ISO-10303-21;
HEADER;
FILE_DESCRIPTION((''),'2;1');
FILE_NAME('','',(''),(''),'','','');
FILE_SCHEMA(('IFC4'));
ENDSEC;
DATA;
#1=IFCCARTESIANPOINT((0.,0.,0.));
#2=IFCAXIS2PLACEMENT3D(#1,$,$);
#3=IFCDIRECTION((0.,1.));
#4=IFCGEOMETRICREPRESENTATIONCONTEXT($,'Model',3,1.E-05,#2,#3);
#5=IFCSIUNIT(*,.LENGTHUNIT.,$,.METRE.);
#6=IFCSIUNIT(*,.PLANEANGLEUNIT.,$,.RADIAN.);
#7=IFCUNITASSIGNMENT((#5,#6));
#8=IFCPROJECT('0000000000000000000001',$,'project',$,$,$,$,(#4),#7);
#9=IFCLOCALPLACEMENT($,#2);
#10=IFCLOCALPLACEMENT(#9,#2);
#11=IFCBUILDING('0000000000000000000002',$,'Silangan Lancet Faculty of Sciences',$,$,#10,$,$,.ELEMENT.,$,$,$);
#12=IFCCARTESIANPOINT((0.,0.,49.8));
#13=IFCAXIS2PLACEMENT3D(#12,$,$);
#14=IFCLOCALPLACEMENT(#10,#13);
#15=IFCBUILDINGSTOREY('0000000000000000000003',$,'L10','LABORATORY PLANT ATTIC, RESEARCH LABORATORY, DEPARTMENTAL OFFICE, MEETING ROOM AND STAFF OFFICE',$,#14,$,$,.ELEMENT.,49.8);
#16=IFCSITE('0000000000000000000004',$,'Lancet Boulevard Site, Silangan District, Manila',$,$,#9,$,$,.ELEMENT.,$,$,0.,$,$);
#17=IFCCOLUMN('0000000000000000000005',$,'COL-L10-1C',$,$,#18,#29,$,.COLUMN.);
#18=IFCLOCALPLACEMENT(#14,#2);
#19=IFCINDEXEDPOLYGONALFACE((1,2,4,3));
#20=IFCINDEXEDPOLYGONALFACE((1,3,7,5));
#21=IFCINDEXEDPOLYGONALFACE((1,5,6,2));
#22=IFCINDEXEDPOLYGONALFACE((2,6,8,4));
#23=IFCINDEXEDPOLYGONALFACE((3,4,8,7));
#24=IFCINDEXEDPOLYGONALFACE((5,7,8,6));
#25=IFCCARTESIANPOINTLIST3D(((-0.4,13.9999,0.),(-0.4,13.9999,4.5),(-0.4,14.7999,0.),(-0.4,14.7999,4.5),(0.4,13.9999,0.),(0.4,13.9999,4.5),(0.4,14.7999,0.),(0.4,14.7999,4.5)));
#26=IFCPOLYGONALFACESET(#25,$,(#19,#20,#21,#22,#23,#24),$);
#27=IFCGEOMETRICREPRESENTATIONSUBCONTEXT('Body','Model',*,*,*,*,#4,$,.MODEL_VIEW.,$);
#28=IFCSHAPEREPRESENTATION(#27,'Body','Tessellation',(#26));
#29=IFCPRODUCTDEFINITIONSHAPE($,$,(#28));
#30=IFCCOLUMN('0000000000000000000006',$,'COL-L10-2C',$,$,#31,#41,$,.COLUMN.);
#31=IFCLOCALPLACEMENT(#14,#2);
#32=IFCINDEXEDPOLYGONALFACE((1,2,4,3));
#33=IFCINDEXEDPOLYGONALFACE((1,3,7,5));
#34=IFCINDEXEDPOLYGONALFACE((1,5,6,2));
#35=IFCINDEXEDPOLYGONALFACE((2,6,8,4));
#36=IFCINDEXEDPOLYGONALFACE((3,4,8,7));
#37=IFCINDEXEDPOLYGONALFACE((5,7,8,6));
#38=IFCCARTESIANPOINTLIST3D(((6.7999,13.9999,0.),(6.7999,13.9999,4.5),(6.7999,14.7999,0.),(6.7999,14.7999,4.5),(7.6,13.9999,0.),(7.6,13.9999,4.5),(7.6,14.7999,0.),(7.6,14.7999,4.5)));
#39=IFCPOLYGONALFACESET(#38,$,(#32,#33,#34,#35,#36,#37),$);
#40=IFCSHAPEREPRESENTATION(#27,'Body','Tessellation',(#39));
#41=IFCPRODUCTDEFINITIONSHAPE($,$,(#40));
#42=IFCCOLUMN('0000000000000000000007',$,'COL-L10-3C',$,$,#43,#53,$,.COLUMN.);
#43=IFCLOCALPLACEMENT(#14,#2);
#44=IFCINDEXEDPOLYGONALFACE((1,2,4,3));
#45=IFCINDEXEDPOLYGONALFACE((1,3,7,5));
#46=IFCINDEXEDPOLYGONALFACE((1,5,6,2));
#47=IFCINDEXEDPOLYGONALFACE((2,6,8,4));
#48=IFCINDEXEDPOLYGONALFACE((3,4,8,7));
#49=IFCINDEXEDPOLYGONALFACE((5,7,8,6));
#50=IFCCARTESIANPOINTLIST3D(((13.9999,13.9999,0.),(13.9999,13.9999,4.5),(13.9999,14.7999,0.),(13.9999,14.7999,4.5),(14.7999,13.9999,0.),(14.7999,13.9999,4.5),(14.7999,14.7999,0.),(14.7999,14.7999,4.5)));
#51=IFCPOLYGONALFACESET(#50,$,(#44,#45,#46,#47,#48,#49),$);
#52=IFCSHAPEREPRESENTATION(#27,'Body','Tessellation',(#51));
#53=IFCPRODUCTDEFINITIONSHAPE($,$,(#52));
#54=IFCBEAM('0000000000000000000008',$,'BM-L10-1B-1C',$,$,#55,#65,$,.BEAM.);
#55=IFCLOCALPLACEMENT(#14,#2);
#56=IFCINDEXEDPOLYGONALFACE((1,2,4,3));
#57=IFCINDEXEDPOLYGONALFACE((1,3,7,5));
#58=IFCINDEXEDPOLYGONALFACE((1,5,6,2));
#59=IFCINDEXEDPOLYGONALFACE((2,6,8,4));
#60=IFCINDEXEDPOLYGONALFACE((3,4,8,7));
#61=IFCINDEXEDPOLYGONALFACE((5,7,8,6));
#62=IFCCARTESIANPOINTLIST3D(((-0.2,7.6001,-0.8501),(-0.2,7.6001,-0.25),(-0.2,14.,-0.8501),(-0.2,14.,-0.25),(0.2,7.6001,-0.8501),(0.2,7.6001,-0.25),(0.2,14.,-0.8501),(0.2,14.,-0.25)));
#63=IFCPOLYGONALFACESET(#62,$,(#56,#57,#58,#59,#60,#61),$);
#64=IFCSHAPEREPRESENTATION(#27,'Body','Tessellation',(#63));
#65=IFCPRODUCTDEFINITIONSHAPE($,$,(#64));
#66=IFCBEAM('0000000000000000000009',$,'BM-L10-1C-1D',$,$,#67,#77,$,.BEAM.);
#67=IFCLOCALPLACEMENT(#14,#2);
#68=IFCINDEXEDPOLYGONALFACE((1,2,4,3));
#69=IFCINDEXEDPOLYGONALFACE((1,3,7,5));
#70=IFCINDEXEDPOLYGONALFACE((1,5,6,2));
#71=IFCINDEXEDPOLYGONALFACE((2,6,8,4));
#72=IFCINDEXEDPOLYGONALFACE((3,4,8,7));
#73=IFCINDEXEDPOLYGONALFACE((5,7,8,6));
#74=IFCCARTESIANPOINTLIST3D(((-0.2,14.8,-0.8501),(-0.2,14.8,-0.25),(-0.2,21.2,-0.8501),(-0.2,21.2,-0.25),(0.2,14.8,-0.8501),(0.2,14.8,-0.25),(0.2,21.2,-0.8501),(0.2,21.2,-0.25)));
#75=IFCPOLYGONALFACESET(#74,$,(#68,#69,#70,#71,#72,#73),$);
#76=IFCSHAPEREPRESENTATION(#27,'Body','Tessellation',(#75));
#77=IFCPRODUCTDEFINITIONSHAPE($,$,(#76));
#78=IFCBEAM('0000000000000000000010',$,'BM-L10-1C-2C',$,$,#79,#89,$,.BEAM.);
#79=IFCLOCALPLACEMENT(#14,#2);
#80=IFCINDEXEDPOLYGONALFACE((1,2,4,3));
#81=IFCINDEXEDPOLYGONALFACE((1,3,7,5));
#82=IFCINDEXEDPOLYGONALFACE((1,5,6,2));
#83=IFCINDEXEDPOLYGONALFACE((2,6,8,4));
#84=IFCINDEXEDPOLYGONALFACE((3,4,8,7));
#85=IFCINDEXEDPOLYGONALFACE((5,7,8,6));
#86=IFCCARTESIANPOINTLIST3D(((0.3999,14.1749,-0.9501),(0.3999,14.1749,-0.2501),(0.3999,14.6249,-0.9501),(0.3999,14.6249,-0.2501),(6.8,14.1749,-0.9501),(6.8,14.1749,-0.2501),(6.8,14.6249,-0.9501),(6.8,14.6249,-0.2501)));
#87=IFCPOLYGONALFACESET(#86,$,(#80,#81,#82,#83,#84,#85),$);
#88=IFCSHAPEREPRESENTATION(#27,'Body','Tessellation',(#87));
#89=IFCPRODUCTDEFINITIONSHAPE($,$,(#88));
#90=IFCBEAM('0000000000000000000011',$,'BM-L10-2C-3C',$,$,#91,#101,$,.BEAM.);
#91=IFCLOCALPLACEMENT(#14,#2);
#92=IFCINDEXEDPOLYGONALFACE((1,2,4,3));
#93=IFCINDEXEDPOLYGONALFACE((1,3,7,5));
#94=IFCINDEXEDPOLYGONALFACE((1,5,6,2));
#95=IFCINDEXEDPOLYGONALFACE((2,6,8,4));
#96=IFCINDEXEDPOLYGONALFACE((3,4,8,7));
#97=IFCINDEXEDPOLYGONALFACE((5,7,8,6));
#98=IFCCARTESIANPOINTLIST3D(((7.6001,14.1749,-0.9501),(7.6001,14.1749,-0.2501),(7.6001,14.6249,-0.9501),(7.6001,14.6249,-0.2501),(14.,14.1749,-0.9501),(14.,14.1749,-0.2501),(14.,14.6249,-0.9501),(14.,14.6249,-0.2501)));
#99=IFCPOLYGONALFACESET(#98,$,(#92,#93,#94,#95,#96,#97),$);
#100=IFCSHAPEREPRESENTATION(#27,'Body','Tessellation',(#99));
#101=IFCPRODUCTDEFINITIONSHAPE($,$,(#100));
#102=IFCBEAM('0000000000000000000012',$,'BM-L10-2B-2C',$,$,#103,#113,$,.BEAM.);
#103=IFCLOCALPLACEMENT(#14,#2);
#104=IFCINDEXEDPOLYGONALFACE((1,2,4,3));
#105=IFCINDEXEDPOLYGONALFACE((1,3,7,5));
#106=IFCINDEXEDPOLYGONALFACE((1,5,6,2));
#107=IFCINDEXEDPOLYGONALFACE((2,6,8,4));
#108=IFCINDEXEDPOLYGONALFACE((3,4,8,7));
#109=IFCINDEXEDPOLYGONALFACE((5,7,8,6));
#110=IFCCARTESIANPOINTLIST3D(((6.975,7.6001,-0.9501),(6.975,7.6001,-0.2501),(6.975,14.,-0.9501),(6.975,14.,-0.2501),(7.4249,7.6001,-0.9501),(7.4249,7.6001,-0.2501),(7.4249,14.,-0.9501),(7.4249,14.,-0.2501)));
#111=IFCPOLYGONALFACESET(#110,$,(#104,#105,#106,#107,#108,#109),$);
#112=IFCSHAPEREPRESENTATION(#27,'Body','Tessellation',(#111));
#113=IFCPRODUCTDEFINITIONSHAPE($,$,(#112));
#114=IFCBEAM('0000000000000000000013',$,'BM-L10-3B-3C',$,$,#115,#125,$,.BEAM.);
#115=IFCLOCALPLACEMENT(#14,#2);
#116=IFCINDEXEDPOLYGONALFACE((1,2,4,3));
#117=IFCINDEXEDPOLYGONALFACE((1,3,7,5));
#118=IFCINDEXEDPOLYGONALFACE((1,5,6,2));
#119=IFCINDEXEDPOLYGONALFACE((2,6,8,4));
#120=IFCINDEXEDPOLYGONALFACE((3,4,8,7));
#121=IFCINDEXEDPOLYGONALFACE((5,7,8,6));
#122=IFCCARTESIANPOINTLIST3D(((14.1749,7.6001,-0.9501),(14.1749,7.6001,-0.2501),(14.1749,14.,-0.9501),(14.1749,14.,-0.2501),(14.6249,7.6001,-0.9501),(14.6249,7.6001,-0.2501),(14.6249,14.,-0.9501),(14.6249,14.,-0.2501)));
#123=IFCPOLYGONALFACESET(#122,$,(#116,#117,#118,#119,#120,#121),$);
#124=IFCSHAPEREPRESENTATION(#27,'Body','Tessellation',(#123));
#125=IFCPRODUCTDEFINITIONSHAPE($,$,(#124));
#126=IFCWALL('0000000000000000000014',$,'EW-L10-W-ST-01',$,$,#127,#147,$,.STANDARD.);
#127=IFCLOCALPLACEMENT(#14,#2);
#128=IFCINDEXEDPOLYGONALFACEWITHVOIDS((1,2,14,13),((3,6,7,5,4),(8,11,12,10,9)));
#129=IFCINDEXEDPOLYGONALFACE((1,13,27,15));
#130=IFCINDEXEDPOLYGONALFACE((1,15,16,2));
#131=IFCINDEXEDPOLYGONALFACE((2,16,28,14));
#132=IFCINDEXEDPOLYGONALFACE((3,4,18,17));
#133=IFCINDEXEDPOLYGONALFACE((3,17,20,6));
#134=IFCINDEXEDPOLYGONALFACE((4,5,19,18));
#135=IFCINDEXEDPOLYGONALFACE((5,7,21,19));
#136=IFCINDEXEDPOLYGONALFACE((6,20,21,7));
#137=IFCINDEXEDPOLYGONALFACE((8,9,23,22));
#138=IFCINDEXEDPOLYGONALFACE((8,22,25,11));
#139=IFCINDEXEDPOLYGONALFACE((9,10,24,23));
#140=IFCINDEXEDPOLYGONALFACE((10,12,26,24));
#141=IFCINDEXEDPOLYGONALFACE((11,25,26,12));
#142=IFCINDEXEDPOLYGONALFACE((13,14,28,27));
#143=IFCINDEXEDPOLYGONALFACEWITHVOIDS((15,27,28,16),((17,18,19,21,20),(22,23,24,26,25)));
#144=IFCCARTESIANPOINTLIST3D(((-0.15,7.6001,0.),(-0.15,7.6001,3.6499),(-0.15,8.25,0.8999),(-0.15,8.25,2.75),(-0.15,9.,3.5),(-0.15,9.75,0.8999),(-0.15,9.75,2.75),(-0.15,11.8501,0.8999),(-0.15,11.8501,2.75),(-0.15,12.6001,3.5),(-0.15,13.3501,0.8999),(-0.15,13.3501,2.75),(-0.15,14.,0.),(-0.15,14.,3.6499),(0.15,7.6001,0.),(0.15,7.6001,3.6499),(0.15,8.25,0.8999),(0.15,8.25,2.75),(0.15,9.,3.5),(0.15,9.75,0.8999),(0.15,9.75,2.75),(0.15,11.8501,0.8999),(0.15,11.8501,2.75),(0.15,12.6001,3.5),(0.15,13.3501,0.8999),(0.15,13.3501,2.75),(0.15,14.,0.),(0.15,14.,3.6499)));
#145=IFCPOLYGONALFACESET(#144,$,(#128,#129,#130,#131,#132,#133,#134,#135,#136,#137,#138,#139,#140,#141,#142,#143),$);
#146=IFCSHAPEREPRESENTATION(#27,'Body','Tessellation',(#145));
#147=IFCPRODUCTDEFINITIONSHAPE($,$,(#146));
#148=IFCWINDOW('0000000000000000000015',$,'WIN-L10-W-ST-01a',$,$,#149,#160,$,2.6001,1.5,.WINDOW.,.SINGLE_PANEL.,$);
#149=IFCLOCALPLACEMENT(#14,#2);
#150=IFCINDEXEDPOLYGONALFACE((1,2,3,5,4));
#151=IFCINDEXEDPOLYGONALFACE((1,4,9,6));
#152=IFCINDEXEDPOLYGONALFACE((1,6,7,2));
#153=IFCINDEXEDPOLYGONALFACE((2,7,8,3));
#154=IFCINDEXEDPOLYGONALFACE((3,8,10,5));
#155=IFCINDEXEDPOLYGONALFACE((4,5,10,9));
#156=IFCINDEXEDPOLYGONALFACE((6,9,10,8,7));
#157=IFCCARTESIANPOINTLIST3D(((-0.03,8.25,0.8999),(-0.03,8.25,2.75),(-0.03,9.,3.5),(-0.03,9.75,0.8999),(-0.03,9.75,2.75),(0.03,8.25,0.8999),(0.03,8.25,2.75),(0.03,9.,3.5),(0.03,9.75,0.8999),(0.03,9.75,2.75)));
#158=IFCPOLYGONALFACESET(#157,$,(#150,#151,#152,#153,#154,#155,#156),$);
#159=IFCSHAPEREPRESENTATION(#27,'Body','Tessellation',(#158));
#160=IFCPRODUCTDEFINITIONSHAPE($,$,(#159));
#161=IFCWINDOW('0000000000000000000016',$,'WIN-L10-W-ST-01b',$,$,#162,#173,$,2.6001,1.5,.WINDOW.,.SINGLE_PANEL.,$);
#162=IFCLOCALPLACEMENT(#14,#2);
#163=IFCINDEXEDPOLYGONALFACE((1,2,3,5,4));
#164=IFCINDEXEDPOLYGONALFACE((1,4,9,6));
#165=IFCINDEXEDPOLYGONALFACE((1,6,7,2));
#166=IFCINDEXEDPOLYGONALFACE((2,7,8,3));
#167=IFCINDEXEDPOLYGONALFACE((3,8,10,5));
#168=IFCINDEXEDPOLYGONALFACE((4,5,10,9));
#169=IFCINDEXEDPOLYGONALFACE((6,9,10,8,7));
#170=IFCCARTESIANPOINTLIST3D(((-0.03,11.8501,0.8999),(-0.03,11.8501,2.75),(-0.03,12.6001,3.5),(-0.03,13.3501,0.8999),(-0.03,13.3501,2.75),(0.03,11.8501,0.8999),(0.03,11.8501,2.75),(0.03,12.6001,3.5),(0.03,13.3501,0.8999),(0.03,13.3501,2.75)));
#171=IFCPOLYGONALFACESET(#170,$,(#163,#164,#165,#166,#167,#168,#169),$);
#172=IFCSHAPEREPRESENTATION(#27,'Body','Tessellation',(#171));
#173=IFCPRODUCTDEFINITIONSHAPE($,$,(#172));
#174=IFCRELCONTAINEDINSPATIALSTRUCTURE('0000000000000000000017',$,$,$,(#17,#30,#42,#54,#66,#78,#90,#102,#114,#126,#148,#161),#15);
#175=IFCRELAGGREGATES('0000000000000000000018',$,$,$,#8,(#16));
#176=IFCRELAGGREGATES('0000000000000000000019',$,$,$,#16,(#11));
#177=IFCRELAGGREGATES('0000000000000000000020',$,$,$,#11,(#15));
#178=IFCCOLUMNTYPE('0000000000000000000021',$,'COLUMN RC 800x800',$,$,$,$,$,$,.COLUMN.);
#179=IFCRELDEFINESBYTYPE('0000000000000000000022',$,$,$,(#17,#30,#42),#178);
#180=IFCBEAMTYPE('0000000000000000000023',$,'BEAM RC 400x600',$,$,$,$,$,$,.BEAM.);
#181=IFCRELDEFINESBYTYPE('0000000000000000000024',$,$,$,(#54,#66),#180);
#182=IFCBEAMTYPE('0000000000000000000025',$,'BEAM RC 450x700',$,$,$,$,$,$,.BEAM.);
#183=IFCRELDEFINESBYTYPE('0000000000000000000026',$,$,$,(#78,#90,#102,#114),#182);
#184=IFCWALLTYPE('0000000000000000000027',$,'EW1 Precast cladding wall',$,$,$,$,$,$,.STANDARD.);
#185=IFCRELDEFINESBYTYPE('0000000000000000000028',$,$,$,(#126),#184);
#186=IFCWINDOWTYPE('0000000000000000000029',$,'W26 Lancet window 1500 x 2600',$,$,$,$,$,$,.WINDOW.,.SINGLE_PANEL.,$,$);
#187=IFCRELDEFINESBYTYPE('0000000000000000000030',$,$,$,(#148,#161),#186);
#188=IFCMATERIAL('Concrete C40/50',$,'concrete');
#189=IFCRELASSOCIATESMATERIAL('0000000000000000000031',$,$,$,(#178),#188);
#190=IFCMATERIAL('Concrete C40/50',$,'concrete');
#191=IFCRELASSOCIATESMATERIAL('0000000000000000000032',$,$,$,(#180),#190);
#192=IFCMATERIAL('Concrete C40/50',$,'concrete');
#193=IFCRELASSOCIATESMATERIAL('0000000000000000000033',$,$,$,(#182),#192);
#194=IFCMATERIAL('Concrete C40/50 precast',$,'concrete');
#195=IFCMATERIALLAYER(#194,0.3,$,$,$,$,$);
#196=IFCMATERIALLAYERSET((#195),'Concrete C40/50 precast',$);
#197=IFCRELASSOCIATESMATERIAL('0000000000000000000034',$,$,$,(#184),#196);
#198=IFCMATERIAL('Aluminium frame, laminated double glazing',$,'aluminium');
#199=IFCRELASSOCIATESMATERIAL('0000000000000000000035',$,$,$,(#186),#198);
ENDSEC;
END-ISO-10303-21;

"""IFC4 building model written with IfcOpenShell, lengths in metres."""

from ifc_helpers import new_model, si_unit, direction, frame, frame_2d, origin, origin_2d, place, context, subcontext, project, spatial, polyline, rectangle, outline, extrude, material, layer, layer_set, material_profile, profile_set, type_object, element, fill, save


model = new_model("IFC4")

# Units and contexts
model_context = context("Model", 3, precision=1e-05, world=origin(), true_north=direction((0.0, 1.0)))
body_context = subcontext(model_context, "Body", "Model", "MODEL_VIEW")
ifc_project = project(units=[si_unit("LENGTHUNIT", "METRE"), si_unit("PLANEANGLEUNIT", "RADIAN")], contexts=[model_context])

# Site, building, storey
site_placement = place(None, origin())
site = spatial("IfcSite", under=ifc_project, at=site_placement, Name="Lancet Boulevard Site, Silangan District, Manila", CompositionType="ELEMENT", RefElevation=0.0)
building_placement = place(site_placement, origin())
building = spatial("IfcBuilding", under=site, at=building_placement, Name="Silangan Lancet Faculty of Sciences", CompositionType="ELEMENT")
storey_placement = place(building_placement, frame((0.0, 0.0, 49.8)))
storey = spatial("IfcBuildingStorey", under=building, at=storey_placement, Name="L10", Description="LABORATORY PLANT ATTIC, RESEARCH LABORATORY, DEPARTMENTAL OFFICE, MEETING ROOM AND STAFF OFFICE", CompositionType="ELEMENT", Elevation=49.8)

# Columns
ifc_material_1 = material(Name="Concrete C40/50", Category="concrete")
ifc_material_profile_1 = material_profile(ifc_material_1, rectangle(XDim=0.8, YDim=0.8, at=origin_2d()), Name="RC 800x800")
ifc_profile_set_1 = profile_set([ifc_material_profile_1], Name="Concrete C40/50")
column_type = type_object("IfcColumnType", Name="COLUMN RC 800x800", PredefinedType="COLUMN", material=ifc_profile_set_1)
for number, where, z_axis, x_axis, name in (
    (1, (0.0, 14.3999, 0.0), (0.0, 0.0, 1.0), (1.0, 0.0, 0.0), "COL-L10-1C"),
    (2, (7.2, 14.3999, 0.0), (0.0, 0.0, 1.0), (1.0, 0.0, 0.0), "COL-L10-2C"),
    (3, (14.3999, 14.3999, 0.0), (0.0, 0.0, 1.0), (1.0, 0.0, 0.0), "COL-L10-3C"),
):
    element("IfcColumn", number, at=place(storey_placement, frame(where, z_axis=z_axis, x_axis=x_axis)), inside=storey, type_object=column_type, Name=name, PredefinedType="COLUMN", context=body_context, shape_type="SweptSolid", body=[
        extrude(rectangle(XDim=0.8, YDim=0.8, at=origin_2d()), origin(), (0.0, 0.0, 1.0), 4.5),
    ])

# Beams
ifc_material_2 = material(Name="Concrete C40/50", Category="concrete")
ifc_material_profile_2 = material_profile(ifc_material_2, rectangle(XDim=0.3999, YDim=0.6001, at=origin_2d()), Name="RC 400x600")
ifc_profile_set_2 = profile_set([ifc_material_profile_2], Name="Concrete C40/50")
beam_type_1 = type_object("IfcBeamType", Name="BEAM RC 400x600", PredefinedType="BEAM", material=ifc_profile_set_2)
for number, where, z_axis, x_axis, name in (
    (4, (0.0, 7.6001, -0.55), (0.0, 1.0, 0.0), (-1.0, 0.0, 0.0), "BM-L10-1B-1C"),
    (5, (0.0, 14.8, -0.55), (0.0, 1.0, 0.0), (-1.0, 0.0, 0.0), "BM-L10-1C-1D"),
):
    element("IfcBeam", number, at=place(storey_placement, frame(where, z_axis=z_axis, x_axis=x_axis)), inside=storey, type_object=beam_type_1, Name=name, PredefinedType="BEAM", context=body_context, shape_type="SweptSolid", body=[
        extrude(rectangle(XDim=0.3999, YDim=0.6001, at=origin_2d()), origin(), (0.0, 0.0, 1.0), 6.3999),
    ])
ifc_material_3 = material(Name="Concrete C40/50", Category="concrete")
ifc_material_profile_3 = material_profile(ifc_material_3, rectangle(XDim=0.45, YDim=0.7, at=origin_2d()), Name="RC 450x700")
ifc_profile_set_3 = profile_set([ifc_material_profile_3], Name="Concrete C40/50")
beam_type_2 = type_object("IfcBeamType", Name="BEAM RC 450x700", PredefinedType="BEAM", material=ifc_profile_set_3)
beam_placement = place(storey_placement, frame((0.3999, 14.3999, -0.6001), z_axis=(1.0, 0.0, 0.0), x_axis=(0.0, 1.0, 0.0)))
element("IfcBeam", 6, at=beam_placement, inside=storey, type_object=beam_type_2, Name="BM-L10-1C-2C", PredefinedType="BEAM", context=body_context, shape_type="SweptSolid", body=[
    extrude(rectangle(XDim=0.45, YDim=0.7, at=origin_2d()), origin(), (0.0, 0.0, 1.0), 6.4001),
])
for number, where, z_axis, x_axis, name in (
    (7, (7.6001, 14.3999, -0.6001), (1.0, 0.0, 0.0), (0.0, 1.0, 0.0), "BM-L10-2C-3C"),
    (8, (7.2, 7.6001, -0.6001), (0.0, 1.0, 0.0), (-1.0, 0.0, 0.0), "BM-L10-2B-2C"),
    (9, (14.3999, 7.6001, -0.6001), (0.0, 1.0, 0.0), (-1.0, 0.0, 0.0), "BM-L10-3B-3C"),
):
    element("IfcBeam", number, at=place(storey_placement, frame(where, z_axis=z_axis, x_axis=x_axis)), inside=storey, type_object=beam_type_2, Name=name, PredefinedType="BEAM", context=body_context, shape_type="SweptSolid", body=[
        extrude(rectangle(XDim=0.45, YDim=0.7, at=origin_2d()), origin(), (0.0, 0.0, 1.0), 6.3999),
    ])

# Wall, openings, windows
ifc_material_4 = material(Name="Concrete C40/50 precast", Category="concrete")
ifc_layer_1 = layer(ifc_material_4, 0.3)
ifc_layer_set_1 = layer_set([ifc_layer_1], Name="Concrete C40/50 precast")
wall_type_1 = type_object("IfcWallType", Name="EW1 Precast cladding wall", PredefinedType="STANDARD", material=ifc_layer_set_1)
wall_1_placement = place(storey_placement, frame((0.0, 7.6001, 0.0), z_axis=(0.0, 0.0, 1.0), x_axis=(0.0, 1.0, 0.0)))
wall_1 = element("IfcWall", 10, at=wall_1_placement, inside=storey, type_object=wall_type_1, Name="EW-L10-W-ST-01", PredefinedType="STANDARD", context=body_context, shape_type="SweptSolid", body=[
    extrude(rectangle(XDim=6.3999, YDim=0.3, at=frame_2d((3.2, 0.0))), origin(), (0.0, 0.0, 1.0), 3.6499),
])
opening_1_placement = place(wall_1_placement, frame((0.6499, 0.0, 0.8999)))
opening_1 = element("IfcOpeningElement", 11, at=opening_1_placement, cuts=wall_1, PredefinedType="OPENING", context=body_context, shape_type="SweptSolid", body=[
    extrude(outline(polyline([(0.0, 0.0), (1.5, 0.0), (1.5, 1.8501), (0.75, 2.6001), (0.0, 1.8501), (0.0, 0.0)])), frame((0.0, 0.1599, 0.0), z_axis=(0.0, -1.0, 0.0), x_axis=(1.0, 0.0, 0.0)), (0.0, 0.0, 1.0), 0.3201),
])
opening_2_placement = place(wall_1_placement, frame((4.25, 0.0, 0.8999)))
opening_2 = element("IfcOpeningElement", 12, at=opening_2_placement, cuts=wall_1, PredefinedType="OPENING", context=body_context, shape_type="SweptSolid", body=[
    extrude(outline(polyline([(0.0, 0.0), (1.5, 0.0), (1.5, 1.8501), (0.75, 2.6001), (0.0, 1.8501), (0.0, 0.0)])), frame((0.0, 0.1599, 0.0), z_axis=(0.0, -1.0, 0.0), x_axis=(1.0, 0.0, 0.0)), (0.0, 0.0, 1.0), 0.3201),
])
ifc_material_5 = material(Name="Aluminium frame, laminated double glazing", Category="aluminium")
window_type = type_object("IfcWindowType", Name="W26 Lancet window 1500 x 2600", PartitioningType="SINGLE_PANEL", PredefinedType="WINDOW", material=ifc_material_5)
window_1_placement = place(opening_1_placement, origin())
window_1 = element("IfcWindow", 13, at=window_1_placement, inside=storey, type_object=window_type, Name="WIN-L10-W-ST-01a", OverallHeight=2.6001, OverallWidth=1.5, PartitioningType="SINGLE_PANEL", PredefinedType="WINDOW", context=body_context, shape_type="SweptSolid", body=[
    extrude(outline(polyline([(0.0, 0.0), (1.5, 0.0), (1.5, 1.8501), (0.75, 2.6001), (0.0, 1.8501), (0.0, 0.0)])), frame((0.0, 0.03, 0.0), z_axis=(0.0, -1.0, 0.0), x_axis=(1.0, 0.0, 0.0)), (0.0, 0.0, 1.0), 0.0601),
])
fill(opening_1, window_1)
window_2_placement = place(opening_2_placement, origin())
window_2 = element("IfcWindow", 14, at=window_2_placement, inside=storey, type_object=window_type, Name="WIN-L10-W-ST-01b", OverallHeight=2.6001, OverallWidth=1.5, PartitioningType="SINGLE_PANEL", PredefinedType="WINDOW", context=body_context, shape_type="SweptSolid", body=[
    extrude(outline(polyline([(0.0, 0.0), (1.5, 0.0), (1.5, 1.8501), (0.75, 2.6001), (0.0, 1.8501), (0.0, 0.0)])), frame((0.0, 0.03, 0.0), z_axis=(0.0, -1.0, 0.0), x_axis=(1.0, 0.0, 0.0)), (0.0, 0.0, 1.0), 0.0601),
])
fill(opening_2, window_2)

save(model, "model.ifc")
